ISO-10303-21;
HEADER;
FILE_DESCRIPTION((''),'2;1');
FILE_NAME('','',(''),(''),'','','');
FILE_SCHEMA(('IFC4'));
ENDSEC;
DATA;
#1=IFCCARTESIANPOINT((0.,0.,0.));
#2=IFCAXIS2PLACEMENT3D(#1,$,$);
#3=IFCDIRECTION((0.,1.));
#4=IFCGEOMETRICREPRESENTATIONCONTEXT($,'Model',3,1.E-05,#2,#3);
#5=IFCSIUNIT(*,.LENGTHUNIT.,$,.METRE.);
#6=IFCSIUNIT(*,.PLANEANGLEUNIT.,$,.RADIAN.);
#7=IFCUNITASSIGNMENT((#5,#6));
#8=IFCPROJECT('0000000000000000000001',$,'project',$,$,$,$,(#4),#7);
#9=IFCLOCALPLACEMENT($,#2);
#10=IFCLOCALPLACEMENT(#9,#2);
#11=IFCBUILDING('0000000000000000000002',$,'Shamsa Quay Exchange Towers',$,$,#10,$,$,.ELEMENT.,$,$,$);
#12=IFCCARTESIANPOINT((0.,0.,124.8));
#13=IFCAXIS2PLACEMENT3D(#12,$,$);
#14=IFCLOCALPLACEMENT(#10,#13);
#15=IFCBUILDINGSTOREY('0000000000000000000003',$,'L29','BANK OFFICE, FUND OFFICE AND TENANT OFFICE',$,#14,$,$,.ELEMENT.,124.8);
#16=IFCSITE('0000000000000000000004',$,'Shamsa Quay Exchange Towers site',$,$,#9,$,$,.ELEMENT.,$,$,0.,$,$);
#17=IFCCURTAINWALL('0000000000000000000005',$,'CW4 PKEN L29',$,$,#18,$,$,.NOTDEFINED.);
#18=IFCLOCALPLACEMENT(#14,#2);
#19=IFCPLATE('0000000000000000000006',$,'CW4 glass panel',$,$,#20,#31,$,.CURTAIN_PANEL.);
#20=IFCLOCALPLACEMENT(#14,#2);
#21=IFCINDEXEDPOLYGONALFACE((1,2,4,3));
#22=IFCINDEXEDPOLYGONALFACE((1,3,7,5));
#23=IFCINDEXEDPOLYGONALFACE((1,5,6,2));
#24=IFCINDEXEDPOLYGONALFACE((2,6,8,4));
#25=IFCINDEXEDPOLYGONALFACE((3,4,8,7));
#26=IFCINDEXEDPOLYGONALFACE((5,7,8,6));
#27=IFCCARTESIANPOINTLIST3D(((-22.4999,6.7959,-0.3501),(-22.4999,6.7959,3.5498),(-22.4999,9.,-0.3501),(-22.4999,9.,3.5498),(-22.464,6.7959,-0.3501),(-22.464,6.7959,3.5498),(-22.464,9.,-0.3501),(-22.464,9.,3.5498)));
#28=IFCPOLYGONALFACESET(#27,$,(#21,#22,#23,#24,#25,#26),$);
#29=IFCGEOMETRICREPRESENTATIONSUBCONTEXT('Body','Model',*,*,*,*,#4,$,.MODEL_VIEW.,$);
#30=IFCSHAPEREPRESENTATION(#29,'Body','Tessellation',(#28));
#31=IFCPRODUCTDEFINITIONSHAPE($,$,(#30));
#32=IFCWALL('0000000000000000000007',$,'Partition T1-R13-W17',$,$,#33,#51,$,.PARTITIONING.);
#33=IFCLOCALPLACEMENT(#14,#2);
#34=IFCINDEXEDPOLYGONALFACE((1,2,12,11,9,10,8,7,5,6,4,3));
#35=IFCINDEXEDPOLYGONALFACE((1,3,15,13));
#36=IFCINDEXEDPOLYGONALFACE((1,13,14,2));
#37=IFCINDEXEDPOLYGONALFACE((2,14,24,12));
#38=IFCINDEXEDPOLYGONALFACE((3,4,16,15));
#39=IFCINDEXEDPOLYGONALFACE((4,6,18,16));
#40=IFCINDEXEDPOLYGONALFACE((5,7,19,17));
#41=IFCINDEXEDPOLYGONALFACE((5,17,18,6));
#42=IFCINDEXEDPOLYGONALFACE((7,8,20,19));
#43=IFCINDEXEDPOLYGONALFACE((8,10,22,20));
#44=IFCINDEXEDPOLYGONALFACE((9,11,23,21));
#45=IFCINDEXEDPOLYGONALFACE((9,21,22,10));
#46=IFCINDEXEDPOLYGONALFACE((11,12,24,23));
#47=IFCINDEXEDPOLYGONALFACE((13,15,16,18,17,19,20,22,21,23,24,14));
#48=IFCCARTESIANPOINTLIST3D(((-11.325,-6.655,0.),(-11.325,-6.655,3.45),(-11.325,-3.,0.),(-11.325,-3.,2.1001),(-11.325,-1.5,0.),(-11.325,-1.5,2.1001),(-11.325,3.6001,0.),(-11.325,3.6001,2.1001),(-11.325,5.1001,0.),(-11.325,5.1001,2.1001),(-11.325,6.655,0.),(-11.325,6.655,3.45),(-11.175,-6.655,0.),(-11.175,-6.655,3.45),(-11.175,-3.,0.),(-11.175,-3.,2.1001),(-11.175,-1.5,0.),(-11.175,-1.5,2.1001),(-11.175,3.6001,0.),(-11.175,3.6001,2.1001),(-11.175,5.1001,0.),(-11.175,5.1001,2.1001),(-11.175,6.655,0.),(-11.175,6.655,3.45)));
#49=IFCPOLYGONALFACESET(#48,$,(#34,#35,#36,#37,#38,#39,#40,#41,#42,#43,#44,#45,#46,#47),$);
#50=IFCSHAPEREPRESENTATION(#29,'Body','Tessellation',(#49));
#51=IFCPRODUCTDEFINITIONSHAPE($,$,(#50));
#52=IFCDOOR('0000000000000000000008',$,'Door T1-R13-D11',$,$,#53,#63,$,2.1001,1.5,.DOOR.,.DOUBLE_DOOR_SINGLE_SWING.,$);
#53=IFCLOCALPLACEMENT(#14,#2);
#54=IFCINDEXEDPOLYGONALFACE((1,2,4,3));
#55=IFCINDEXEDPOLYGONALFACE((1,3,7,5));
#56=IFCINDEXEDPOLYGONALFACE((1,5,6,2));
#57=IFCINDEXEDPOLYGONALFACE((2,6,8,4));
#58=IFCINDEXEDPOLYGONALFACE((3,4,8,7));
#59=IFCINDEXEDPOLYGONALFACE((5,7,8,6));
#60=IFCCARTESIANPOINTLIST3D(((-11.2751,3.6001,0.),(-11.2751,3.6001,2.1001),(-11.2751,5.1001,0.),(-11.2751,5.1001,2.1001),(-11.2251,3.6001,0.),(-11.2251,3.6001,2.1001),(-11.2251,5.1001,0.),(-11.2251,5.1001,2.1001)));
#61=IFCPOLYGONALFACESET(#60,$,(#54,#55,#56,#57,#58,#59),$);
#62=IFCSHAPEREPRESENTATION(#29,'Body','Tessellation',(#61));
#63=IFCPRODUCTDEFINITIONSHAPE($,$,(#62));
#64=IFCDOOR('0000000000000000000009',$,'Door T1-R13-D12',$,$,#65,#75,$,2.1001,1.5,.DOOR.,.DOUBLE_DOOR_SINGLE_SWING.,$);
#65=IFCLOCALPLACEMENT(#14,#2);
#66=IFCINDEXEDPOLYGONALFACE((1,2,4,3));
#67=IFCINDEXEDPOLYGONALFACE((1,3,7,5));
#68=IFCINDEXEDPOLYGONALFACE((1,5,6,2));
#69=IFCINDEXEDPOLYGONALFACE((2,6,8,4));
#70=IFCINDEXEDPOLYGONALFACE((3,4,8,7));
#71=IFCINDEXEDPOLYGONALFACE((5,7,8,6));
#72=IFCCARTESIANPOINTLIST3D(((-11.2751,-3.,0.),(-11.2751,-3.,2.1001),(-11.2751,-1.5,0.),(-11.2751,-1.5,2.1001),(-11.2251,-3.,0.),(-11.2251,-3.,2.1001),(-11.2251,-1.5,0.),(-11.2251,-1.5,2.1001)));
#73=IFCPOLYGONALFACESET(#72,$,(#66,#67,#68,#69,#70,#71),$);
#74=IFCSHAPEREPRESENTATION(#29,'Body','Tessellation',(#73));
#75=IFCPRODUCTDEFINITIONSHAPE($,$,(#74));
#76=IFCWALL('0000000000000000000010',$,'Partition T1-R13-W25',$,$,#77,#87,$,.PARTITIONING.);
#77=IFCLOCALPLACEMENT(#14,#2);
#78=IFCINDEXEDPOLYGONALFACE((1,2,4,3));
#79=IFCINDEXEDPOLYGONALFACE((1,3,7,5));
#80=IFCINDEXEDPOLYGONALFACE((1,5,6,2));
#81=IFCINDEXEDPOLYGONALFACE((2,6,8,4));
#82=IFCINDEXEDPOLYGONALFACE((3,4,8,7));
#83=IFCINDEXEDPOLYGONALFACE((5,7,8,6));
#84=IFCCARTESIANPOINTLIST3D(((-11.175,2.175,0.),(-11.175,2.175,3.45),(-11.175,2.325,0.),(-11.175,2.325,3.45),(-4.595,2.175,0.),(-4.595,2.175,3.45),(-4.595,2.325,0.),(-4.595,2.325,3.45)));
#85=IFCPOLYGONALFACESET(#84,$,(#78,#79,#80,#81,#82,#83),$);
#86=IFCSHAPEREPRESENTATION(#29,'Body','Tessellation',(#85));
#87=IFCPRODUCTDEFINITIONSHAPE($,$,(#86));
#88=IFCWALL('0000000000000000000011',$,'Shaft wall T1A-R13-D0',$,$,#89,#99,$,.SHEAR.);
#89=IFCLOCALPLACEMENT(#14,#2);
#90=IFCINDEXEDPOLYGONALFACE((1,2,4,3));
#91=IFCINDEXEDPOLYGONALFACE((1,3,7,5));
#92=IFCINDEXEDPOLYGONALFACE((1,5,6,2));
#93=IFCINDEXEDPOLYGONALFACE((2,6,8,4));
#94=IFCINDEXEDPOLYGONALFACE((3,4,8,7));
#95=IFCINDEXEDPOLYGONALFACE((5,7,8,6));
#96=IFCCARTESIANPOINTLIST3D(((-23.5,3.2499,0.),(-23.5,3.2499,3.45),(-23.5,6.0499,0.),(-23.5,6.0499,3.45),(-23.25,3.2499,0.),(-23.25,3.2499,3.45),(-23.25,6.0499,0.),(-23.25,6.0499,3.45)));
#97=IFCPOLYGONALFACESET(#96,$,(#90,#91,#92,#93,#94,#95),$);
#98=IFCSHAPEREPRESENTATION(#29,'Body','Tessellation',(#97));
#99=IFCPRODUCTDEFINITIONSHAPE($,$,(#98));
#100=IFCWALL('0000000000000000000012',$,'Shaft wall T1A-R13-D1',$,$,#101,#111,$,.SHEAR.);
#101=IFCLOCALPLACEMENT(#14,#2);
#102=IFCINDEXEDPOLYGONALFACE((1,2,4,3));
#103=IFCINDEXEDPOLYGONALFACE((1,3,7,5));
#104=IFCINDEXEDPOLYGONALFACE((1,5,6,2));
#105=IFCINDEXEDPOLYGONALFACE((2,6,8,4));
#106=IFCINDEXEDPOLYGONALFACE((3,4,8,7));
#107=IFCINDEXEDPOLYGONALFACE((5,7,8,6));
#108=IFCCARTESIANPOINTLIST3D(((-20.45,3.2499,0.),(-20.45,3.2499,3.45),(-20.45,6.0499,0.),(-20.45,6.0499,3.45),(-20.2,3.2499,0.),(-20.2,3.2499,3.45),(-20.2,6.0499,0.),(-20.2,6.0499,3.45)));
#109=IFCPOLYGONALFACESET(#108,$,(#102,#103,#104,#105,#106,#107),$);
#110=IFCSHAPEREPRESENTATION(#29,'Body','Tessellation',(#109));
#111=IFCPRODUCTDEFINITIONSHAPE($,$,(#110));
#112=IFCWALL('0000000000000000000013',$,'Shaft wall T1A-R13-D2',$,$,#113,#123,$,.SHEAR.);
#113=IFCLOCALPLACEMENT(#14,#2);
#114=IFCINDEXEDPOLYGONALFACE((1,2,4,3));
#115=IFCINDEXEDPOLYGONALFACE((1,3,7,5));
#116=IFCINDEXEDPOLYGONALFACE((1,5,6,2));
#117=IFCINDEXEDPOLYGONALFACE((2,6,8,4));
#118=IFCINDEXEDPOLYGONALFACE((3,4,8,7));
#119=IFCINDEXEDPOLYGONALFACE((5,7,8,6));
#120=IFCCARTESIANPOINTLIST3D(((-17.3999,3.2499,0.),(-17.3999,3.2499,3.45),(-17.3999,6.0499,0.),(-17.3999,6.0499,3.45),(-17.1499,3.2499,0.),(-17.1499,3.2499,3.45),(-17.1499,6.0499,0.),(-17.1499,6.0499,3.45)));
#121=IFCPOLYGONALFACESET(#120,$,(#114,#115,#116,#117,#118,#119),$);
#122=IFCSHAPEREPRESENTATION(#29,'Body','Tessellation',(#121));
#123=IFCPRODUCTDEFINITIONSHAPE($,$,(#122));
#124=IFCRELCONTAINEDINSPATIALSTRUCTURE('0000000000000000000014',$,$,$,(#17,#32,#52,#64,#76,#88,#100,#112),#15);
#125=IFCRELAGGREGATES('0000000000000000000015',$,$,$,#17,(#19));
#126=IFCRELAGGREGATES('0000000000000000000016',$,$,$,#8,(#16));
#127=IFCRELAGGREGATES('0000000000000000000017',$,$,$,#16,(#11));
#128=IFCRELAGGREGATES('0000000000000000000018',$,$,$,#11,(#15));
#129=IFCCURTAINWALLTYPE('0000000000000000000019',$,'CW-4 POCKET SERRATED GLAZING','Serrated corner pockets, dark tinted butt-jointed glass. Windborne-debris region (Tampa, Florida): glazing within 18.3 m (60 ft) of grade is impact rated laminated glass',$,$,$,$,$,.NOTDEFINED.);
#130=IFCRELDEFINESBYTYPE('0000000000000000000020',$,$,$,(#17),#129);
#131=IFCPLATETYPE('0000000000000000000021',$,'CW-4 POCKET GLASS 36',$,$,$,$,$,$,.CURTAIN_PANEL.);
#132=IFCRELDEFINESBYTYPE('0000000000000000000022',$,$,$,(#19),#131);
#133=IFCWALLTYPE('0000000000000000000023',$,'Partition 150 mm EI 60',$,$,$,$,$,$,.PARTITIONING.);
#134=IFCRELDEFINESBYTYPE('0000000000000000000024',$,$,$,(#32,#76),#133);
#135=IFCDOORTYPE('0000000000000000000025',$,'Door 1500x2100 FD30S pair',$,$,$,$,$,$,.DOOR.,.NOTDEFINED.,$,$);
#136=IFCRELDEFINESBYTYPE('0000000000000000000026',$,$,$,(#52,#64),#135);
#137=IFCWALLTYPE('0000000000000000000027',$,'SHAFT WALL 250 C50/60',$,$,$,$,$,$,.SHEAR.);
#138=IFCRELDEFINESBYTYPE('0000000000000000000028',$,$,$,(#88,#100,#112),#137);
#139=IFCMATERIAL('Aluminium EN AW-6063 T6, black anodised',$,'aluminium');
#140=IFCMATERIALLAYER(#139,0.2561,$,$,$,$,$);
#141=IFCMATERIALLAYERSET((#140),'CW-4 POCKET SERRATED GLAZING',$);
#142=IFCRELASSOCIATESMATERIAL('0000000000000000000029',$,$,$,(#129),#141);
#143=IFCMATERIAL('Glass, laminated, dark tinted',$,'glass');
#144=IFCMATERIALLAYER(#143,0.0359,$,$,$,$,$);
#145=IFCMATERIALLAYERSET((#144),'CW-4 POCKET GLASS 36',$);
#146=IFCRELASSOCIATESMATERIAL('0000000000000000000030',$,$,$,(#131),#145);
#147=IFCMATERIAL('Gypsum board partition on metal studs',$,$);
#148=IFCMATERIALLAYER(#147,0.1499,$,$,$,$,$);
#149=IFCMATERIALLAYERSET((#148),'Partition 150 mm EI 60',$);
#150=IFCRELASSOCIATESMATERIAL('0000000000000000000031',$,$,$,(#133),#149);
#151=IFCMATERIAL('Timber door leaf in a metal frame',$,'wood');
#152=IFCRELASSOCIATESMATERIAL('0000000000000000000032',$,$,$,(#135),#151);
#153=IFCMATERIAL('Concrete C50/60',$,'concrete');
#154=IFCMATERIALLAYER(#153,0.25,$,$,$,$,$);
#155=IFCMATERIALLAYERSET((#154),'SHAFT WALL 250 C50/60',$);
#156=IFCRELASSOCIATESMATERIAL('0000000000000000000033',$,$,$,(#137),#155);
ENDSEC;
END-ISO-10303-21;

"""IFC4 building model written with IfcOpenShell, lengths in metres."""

from ifc_helpers import new_model, si_unit, direction, frame, frame_2d, origin, origin_2d, place, context, subcontext, project, spatial, rectangle, extrude, material, layer, layer_set, type_object, element, fill, aggregate, save


model = new_model("IFC4")

# Units and contexts
model_context = context("Model", 3, precision=1e-05, world=origin(), true_north=direction((0.0, 1.0)))
body_context = subcontext(model_context, "Body", "Model", "MODEL_VIEW")
ifc_project = project(units=[si_unit("LENGTHUNIT", "METRE"), si_unit("PLANEANGLEUNIT", "RADIAN")], contexts=[model_context])

# Site, building, storey
site_placement = place(None, origin())
site = spatial("IfcSite", under=ifc_project, at=site_placement, Name="Shamsa Quay Exchange Towers site", CompositionType="ELEMENT", RefElevation=0.0)
building_placement = place(site_placement, origin())
building = spatial("IfcBuilding", under=site, at=building_placement, Name="Shamsa Quay Exchange Towers", CompositionType="ELEMENT")
storey_placement = place(building_placement, frame((0.0, 0.0, 124.8)))
storey = spatial("IfcBuildingStorey", under=building, at=storey_placement, Name="L29", Description="BANK OFFICE, FUND OFFICE AND TENANT OFFICE", CompositionType="ELEMENT", Elevation=124.8)

# Shared definitions
ifc_material_1 = material(Name="Aluminium EN AW-6063 T6, black anodised", Category="aluminium")
ifc_material_2 = material(Name="Glass, laminated, dark tinted", Category="glass")

# Curtain wall, plate
ifc_layer_1 = layer(ifc_material_1, 0.2561)
ifc_layer_set_1 = layer_set([ifc_layer_1], Name="CW-4 POCKET SERRATED GLAZING")
curtain_wall_type_1 = type_object("IfcCurtainWallType", Name="CW-4 POCKET SERRATED GLAZING", Description="Serrated corner pockets, dark tinted butt-jointed glass. Windborne-debris region (Tampa, Florida): glazing within 18.3 m (60 ft) of grade is impact rated laminated glass", PredefinedType="NOTDEFINED", material=ifc_layer_set_1)
curtain_wall_1_placement = place(storey_placement, origin())
curtain_wall_1 = element("IfcCurtainWall", 1, at=curtain_wall_1_placement, inside=storey, type_object=curtain_wall_type_1, Name="CW4 PKEN L29", PredefinedType="NOTDEFINED")
ifc_layer_2 = layer(ifc_material_2, 0.0359)
ifc_layer_set_2 = layer_set([ifc_layer_2], Name="CW-4 POCKET GLASS 36")
plate_type_1 = type_object("IfcPlateType", Name="CW-4 POCKET GLASS 36", PredefinedType="CURTAIN_PANEL", material=ifc_layer_set_2)
plate_1_placement = place(storey_placement, frame((-22.4819, 7.8979, -0.3501), z_axis=(0.0, 0.0, 1.0), x_axis=(0.0, 1.0, 0.0)))
plate_1 = element("IfcPlate", 2, at=plate_1_placement, type_object=plate_type_1, Name="CW4 glass panel", PredefinedType="CURTAIN_PANEL", context=body_context, shape_type="SweptSolid", body=[
    extrude(rectangle(XDim=2.2041, YDim=0.0359, at=origin_2d()), origin(), (0.0, 0.0, 1.0), 3.8999),
])
aggregate(curtain_wall_1, [plate_1])

# Wall, openings, doors
ifc_material_3 = material(Name="Gypsum board partition on metal studs")
ifc_layer_3 = layer(ifc_material_3, 0.1499)
ifc_layer_set_3 = layer_set([ifc_layer_3], Name="Partition 150 mm EI 60")
wall_type_1 = type_object("IfcWallType", Name="Partition 150 mm EI 60", PredefinedType="PARTITIONING", material=ifc_layer_set_3)
wall_1_placement = place(storey_placement, frame((-11.25, 6.655, 0.0), z_axis=(0.0, 0.0, 1.0), x_axis=(0.0, -1.0, 0.0)))
wall_1 = element("IfcWall", 3, at=wall_1_placement, inside=storey, type_object=wall_type_1, Name="Partition T1-R13-W17", PredefinedType="PARTITIONING", context=body_context, shape_type="SweptSolid", body=[
    extrude(rectangle(XDim=13.3101, YDim=0.1499, at=frame_2d((6.655, 0.0))), origin(), (0.0, 0.0, 1.0), 3.45),
])
opening_1_placement = place(wall_1_placement, frame((1.5549, 0.0, 0.0)))
opening_1 = element("IfcOpeningElement", 4, at=opening_1_placement, cuts=wall_1, PredefinedType="OPENING", context=body_context, shape_type="SweptSolid", body=[
    extrude(rectangle(XDim=1.5, YDim=2.1001, at=frame_2d((0.75, 1.05))), frame((0.0, 0.085, 0.0), z_axis=(0.0, -1.0, 0.0), x_axis=(1.0, 0.0, 0.0)), (0.0, 0.0, 1.0), 0.1699),
])
opening_2_placement = place(wall_1_placement, frame((8.155, 0.0, 0.0)))
opening_2 = element("IfcOpeningElement", 5, at=opening_2_placement, cuts=wall_1, PredefinedType="OPENING", context=body_context, shape_type="SweptSolid", body=[
    extrude(rectangle(XDim=1.5, YDim=2.1001, at=frame_2d((0.75, 1.05))), frame((0.0, 0.085, 0.0), z_axis=(0.0, -1.0, 0.0), x_axis=(1.0, 0.0, 0.0)), (0.0, 0.0, 1.0), 0.1699),
])
ifc_material_4 = material(Name="Timber door leaf in a metal frame", Category="wood")
door_type_1 = type_object("IfcDoorType", Name="Door 1500x2100 FD30S pair", OperationType="NOTDEFINED", PredefinedType="DOOR", material=ifc_material_4)
door_1_placement = place(opening_1_placement, origin())
door_1 = element("IfcDoor", 6, at=door_1_placement, inside=storey, type_object=door_type_1, Name="Door T1-R13-D11", OperationType="DOUBLE_DOOR_SINGLE_SWING", OverallHeight=2.1001, OverallWidth=1.5, PredefinedType="DOOR", context=body_context, shape_type="SweptSolid", body=[
    extrude(rectangle(XDim=1.5, YDim=2.1001, at=frame_2d((0.75, 1.05))), frame((0.0, 0.0249, 0.0), z_axis=(0.0, -1.0, 0.0), x_axis=(1.0, 0.0, 0.0)), (0.0, 0.0, 1.0), 0.05),
])
fill(opening_1, door_1)
door_2_placement = place(opening_2_placement, origin())
door_2 = element("IfcDoor", 7, at=door_2_placement, inside=storey, type_object=door_type_1, Name="Door T1-R13-D12", OperationType="DOUBLE_DOOR_SINGLE_SWING", OverallHeight=2.1001, OverallWidth=1.5, PredefinedType="DOOR", context=body_context, shape_type="SweptSolid", body=[
    extrude(rectangle(XDim=1.5, YDim=2.1001, at=frame_2d((0.75, 1.05))), frame((0.0, 0.0249, 0.0), z_axis=(0.0, -1.0, 0.0), x_axis=(1.0, 0.0, 0.0)), (0.0, 0.0, 1.0), 0.05),
])
fill(opening_2, door_2)

# Walls
wall_2_placement = place(storey_placement, frame((-4.595, 2.25, 0.0), z_axis=(0.0, 0.0, 1.0), x_axis=(-1.0, 0.0, 0.0)))
element("IfcWall", 8, at=wall_2_placement, inside=storey, type_object=wall_type_1, Name="Partition T1-R13-W25", PredefinedType="PARTITIONING", context=body_context, shape_type="SweptSolid", body=[
    extrude(rectangle(XDim=6.5801, YDim=0.1499, at=frame_2d((3.29, 0.0))), origin(), (0.0, 0.0, 1.0), 3.45),
])
ifc_material_5 = material(Name="Concrete C50/60", Category="concrete")
ifc_layer_4 = layer(ifc_material_5, 0.25)
ifc_layer_set_4 = layer_set([ifc_layer_4], Name="SHAFT WALL 250 C50/60")
wall_type_2 = type_object("IfcWallType", Name="SHAFT WALL 250 C50/60", PredefinedType="SHEAR", material=ifc_layer_set_4)
for number, where, z_axis, x_axis, name in (
    (9, (-23.375, 3.25, 0.0), (0.0, 0.0, 1.0), (0.0, 1.0, 0.0), "Shaft wall T1A-R13-D0"),
    (10, (-20.325, 3.25, 0.0), (0.0, 0.0, 1.0), (0.0, 1.0, 0.0), "Shaft wall T1A-R13-D1"),
    (11, (-17.2749, 3.25, 0.0), (0.0, 0.0, 1.0), (0.0, 1.0, 0.0), "Shaft wall T1A-R13-D2"),
):
    element("IfcWall", number, at=place(storey_placement, frame(where, z_axis=z_axis, x_axis=x_axis)), inside=storey, type_object=wall_type_2, Name=name, PredefinedType="SHEAR", context=body_context, shape_type="SweptSolid", body=[
        extrude(rectangle(XDim=2.8, YDim=0.25, at=frame_2d((1.3999, 0.0))), origin(), (0.0, 0.0, 1.0), 3.45),
    ])

save(model, "model.ifc")
